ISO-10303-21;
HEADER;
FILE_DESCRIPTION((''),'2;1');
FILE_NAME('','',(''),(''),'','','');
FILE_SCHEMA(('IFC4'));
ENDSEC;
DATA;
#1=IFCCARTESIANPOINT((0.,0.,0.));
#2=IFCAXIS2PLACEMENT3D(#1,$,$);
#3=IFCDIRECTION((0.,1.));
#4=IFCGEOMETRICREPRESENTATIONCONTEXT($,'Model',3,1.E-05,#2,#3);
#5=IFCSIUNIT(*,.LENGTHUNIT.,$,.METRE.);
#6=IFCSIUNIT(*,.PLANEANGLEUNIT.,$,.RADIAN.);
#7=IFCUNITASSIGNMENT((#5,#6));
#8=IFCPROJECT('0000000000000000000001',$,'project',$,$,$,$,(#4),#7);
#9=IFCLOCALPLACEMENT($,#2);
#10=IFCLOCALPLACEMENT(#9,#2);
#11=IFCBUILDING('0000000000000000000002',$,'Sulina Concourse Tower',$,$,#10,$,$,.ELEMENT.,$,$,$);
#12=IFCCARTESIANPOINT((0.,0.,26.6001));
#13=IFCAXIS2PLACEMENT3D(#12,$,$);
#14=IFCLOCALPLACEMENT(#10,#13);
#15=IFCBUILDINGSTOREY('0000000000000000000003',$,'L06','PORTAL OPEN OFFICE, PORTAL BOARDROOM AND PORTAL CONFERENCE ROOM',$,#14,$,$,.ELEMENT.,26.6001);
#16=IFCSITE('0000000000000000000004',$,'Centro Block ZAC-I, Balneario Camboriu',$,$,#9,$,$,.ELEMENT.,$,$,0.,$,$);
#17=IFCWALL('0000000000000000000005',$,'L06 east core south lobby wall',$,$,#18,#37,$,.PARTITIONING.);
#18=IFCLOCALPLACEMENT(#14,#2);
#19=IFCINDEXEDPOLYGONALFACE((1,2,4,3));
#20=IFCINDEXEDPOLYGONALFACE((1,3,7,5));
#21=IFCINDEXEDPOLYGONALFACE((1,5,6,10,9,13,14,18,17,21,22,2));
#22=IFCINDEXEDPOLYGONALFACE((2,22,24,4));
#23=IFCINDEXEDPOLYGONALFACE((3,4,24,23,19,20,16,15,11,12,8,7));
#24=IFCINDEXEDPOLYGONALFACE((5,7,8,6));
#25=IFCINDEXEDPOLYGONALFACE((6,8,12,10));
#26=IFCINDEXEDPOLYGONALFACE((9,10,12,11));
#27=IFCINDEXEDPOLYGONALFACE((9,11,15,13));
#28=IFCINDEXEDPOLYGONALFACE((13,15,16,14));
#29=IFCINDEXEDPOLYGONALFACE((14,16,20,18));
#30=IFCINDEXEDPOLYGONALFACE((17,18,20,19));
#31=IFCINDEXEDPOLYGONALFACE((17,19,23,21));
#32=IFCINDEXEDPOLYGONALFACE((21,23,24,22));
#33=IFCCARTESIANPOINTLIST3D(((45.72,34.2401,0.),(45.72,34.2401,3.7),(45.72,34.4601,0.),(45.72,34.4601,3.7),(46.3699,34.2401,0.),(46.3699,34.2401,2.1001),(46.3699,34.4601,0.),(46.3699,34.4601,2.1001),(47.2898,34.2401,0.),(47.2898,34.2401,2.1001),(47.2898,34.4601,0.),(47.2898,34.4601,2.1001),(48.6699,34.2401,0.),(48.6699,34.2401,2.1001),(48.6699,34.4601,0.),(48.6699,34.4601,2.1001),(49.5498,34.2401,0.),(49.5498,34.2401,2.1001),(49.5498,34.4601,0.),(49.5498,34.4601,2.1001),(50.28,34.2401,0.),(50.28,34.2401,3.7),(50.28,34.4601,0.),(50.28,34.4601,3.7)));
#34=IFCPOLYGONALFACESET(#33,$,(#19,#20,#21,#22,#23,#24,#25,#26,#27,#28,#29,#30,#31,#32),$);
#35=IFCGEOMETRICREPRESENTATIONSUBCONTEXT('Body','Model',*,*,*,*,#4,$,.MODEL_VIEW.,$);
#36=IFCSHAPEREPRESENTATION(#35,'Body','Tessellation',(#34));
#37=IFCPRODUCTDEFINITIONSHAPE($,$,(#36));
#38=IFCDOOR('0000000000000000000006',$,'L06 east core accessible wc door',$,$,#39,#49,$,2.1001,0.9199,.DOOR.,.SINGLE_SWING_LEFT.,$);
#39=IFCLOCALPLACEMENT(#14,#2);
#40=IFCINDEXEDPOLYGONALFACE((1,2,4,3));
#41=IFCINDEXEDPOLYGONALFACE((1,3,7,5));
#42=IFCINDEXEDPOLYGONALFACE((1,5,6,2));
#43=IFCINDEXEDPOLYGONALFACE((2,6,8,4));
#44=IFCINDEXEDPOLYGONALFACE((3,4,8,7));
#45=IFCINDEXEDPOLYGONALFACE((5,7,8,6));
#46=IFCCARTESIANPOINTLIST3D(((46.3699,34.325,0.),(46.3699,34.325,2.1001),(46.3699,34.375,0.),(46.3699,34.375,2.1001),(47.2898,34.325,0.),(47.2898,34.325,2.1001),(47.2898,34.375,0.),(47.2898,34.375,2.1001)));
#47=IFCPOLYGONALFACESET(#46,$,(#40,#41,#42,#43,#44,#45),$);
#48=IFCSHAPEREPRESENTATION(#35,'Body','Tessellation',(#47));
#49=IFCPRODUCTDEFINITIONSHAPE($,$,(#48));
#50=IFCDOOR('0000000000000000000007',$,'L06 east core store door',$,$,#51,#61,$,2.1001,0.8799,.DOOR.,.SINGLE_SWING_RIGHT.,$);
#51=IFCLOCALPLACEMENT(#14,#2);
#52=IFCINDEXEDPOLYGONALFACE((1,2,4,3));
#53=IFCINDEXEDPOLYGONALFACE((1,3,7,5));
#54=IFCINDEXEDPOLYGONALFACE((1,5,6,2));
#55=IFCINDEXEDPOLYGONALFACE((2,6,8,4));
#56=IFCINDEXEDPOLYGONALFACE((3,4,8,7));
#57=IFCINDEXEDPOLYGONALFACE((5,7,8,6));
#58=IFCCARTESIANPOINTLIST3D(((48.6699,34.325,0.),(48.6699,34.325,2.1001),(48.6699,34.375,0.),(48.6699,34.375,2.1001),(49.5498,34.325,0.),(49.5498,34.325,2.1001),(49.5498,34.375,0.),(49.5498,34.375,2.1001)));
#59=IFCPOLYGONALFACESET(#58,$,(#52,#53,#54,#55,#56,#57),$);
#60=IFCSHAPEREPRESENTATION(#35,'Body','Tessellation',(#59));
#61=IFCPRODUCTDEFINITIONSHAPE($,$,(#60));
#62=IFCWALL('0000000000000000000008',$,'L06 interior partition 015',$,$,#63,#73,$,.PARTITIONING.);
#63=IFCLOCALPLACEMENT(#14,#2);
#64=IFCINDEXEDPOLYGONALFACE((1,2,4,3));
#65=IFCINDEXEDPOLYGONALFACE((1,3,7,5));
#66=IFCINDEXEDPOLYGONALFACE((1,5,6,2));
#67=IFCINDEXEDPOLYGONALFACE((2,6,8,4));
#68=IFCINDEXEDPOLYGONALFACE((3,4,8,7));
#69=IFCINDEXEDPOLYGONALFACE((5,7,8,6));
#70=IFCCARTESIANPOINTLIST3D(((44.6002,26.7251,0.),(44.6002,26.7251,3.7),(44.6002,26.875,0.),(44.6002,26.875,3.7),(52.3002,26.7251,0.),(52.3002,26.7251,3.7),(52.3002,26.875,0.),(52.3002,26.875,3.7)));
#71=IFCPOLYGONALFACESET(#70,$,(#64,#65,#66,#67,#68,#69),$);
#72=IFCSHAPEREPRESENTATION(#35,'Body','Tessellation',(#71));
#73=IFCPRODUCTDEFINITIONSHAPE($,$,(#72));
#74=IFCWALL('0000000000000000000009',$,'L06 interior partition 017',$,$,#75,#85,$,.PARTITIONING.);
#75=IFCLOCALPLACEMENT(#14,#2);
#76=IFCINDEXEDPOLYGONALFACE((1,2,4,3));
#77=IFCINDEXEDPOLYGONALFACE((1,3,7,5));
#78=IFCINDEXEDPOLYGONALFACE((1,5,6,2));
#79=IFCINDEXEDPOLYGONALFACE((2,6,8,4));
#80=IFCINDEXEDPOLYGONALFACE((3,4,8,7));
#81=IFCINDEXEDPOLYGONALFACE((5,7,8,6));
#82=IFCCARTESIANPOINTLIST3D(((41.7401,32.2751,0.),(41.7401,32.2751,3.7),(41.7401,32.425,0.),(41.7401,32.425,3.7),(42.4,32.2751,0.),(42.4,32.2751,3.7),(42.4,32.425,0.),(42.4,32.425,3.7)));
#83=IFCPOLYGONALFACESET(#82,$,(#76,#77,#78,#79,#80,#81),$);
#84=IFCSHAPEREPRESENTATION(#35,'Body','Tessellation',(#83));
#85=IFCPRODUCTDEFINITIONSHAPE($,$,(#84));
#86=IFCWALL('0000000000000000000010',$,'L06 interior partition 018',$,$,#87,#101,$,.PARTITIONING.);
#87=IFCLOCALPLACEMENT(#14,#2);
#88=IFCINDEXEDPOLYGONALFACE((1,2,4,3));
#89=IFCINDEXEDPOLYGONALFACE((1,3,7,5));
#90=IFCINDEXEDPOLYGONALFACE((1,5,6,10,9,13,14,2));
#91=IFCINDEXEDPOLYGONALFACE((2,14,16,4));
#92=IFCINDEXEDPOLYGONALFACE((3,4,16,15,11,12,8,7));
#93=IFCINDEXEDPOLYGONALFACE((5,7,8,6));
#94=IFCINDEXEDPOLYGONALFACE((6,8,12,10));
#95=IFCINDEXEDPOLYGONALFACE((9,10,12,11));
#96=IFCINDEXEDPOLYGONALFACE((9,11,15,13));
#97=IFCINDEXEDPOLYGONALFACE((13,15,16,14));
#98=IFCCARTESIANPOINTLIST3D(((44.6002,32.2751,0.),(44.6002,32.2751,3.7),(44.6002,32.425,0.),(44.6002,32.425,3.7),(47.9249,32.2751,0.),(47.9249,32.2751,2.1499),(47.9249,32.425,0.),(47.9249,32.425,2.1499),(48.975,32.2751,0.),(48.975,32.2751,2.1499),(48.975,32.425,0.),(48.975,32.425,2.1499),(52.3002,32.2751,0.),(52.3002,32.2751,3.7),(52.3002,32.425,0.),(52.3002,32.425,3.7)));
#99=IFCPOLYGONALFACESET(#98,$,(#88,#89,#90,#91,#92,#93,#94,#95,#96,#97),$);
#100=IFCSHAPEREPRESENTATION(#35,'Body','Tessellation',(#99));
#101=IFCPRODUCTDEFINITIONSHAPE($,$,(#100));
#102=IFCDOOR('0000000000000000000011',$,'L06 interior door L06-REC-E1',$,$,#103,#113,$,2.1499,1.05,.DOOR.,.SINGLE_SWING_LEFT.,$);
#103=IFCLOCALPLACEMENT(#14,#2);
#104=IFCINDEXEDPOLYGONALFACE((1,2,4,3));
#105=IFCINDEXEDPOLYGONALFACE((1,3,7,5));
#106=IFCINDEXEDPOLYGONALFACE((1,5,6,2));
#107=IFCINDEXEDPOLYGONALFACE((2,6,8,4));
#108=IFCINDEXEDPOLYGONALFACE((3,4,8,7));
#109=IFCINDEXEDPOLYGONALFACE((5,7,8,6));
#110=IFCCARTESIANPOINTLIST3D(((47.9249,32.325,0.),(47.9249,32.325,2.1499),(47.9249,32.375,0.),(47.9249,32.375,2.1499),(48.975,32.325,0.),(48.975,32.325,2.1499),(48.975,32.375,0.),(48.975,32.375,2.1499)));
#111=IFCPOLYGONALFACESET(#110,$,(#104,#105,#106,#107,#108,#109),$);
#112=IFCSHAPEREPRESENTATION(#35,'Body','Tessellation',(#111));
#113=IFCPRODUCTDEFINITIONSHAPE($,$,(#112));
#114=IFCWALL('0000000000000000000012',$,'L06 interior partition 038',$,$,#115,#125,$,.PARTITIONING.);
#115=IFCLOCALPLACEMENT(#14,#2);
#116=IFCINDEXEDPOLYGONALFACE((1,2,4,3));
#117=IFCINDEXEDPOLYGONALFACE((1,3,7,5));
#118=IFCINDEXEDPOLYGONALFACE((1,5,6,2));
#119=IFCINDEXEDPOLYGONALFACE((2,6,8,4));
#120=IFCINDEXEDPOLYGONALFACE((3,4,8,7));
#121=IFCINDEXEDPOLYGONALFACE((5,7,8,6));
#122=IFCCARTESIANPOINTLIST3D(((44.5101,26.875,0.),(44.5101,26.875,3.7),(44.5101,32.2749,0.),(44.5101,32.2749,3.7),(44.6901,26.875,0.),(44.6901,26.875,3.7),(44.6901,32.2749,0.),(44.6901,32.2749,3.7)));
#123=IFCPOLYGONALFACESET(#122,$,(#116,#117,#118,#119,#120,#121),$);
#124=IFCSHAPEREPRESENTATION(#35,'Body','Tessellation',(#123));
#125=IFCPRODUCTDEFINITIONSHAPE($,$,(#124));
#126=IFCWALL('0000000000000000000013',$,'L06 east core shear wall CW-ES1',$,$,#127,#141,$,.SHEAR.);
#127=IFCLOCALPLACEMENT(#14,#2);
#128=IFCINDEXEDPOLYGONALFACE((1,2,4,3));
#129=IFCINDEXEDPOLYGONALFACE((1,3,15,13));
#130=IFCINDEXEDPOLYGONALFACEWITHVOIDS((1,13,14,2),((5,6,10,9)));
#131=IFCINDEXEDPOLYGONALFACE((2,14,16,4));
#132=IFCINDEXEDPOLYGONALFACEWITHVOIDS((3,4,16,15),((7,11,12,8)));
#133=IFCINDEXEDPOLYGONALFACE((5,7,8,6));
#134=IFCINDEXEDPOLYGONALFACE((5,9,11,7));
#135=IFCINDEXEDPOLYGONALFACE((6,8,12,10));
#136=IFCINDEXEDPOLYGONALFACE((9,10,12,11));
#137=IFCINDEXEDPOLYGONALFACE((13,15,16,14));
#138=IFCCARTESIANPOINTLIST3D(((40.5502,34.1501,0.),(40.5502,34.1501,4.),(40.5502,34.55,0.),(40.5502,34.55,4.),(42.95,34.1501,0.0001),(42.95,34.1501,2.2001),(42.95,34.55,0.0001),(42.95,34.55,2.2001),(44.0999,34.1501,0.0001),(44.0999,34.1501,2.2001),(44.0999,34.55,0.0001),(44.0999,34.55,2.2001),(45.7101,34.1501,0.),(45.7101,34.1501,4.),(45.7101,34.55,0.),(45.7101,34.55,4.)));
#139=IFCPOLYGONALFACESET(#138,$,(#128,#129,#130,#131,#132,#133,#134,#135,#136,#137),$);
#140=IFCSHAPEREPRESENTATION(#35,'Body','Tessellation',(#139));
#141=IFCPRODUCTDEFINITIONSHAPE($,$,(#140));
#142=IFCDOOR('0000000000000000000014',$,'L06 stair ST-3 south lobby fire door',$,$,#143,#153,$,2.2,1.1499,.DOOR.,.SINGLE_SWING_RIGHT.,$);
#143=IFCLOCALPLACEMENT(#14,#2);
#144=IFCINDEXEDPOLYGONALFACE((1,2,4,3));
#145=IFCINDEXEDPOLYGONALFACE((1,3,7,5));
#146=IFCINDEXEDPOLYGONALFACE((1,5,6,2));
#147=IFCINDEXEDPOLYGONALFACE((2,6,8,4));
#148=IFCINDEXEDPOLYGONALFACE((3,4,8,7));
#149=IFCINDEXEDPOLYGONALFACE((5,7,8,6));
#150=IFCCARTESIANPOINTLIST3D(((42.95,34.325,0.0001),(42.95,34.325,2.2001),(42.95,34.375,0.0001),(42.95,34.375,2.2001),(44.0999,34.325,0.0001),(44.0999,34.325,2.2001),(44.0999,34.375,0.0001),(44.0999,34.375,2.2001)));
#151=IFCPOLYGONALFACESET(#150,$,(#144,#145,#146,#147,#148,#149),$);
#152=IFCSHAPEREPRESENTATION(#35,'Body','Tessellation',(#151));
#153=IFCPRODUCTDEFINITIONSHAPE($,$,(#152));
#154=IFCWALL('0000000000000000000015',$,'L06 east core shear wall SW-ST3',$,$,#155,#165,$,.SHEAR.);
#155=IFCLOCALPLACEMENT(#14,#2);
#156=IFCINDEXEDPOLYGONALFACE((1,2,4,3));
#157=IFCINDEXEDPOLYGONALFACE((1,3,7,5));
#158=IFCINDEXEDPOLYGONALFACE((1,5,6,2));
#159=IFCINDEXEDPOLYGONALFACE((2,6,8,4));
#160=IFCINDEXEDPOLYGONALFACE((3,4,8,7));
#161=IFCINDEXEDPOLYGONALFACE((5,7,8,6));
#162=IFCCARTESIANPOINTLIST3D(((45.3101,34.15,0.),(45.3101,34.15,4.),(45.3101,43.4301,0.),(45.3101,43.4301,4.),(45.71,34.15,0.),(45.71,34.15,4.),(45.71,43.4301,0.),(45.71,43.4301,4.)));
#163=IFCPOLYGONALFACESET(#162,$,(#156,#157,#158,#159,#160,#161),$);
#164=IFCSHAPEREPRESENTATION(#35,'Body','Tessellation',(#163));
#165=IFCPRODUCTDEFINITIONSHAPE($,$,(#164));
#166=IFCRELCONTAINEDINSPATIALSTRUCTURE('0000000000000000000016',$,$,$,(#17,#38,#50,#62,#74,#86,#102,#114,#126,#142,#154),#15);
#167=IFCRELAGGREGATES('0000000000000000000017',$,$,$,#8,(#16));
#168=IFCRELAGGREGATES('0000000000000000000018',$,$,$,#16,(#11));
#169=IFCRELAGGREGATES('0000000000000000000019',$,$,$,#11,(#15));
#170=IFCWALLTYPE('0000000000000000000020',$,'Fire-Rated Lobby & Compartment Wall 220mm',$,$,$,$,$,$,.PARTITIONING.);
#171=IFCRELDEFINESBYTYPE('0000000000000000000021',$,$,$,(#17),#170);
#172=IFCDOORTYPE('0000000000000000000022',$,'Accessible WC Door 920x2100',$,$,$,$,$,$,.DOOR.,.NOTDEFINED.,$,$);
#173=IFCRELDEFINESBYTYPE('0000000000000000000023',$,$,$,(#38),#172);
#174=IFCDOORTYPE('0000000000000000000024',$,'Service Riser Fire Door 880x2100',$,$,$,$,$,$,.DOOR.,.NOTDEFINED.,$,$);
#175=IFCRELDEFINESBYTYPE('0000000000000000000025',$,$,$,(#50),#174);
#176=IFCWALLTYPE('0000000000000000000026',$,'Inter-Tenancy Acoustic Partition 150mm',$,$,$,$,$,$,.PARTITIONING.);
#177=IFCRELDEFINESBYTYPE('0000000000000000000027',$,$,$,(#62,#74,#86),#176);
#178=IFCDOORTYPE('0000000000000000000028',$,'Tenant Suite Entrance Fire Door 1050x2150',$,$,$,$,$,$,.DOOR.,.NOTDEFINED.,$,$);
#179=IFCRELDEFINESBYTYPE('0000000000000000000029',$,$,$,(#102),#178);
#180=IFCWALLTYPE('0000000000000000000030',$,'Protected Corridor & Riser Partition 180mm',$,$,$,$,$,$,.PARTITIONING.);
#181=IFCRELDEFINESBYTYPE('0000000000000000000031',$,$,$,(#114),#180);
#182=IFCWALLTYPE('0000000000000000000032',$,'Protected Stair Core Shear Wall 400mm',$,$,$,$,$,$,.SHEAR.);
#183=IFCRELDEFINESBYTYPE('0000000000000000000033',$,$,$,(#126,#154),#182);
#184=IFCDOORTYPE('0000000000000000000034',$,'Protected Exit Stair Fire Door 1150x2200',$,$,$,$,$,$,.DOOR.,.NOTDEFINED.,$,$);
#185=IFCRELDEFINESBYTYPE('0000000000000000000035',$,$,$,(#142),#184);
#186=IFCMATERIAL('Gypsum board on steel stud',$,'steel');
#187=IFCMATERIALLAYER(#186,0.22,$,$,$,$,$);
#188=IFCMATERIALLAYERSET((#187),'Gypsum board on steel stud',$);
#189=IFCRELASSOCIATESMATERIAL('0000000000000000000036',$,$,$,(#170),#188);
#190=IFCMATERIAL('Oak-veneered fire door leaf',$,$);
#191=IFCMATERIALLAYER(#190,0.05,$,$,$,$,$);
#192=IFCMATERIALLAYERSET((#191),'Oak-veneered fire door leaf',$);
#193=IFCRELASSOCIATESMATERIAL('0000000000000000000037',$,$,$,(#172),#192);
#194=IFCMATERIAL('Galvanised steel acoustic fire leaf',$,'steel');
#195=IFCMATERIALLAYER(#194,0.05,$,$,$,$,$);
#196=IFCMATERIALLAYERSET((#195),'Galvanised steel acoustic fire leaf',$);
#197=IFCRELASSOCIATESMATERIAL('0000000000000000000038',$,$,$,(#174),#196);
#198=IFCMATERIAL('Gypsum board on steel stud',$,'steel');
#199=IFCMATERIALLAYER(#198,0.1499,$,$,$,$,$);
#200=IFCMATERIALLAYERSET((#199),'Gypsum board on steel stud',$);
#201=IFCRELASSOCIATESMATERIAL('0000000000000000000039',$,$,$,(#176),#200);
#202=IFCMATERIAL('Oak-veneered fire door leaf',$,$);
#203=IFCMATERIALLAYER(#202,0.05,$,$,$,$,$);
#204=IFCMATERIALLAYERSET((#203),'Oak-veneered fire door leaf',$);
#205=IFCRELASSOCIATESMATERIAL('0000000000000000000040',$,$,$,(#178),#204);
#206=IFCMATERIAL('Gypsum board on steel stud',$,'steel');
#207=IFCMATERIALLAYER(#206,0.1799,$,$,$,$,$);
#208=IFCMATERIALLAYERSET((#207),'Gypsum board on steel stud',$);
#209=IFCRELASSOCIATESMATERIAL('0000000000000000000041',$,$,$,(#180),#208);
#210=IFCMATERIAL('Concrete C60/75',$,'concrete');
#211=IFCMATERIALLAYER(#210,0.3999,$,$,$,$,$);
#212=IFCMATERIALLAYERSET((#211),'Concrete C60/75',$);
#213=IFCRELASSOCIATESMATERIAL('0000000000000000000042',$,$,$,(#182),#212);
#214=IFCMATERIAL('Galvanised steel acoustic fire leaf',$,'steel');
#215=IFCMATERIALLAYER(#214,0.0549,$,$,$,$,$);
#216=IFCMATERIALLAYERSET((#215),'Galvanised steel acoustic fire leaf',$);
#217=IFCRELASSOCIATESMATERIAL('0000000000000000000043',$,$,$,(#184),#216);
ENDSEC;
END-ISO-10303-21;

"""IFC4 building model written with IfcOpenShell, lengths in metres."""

from ifc_helpers import new_model, si_unit, direction, frame, frame_2d, origin, place, context, subcontext, project, spatial, rectangle, extrude, material, layer, layer_set, type_object, element, fill, save


model = new_model("IFC4")

# Units and contexts
model_context = context("Model", 3, precision=1e-05, world=origin(), true_north=direction((0.0, 1.0)))
body_context = subcontext(model_context, "Body", "Model", "MODEL_VIEW")
ifc_project = project(units=[si_unit("LENGTHUNIT", "METRE"), si_unit("PLANEANGLEUNIT", "RADIAN")], contexts=[model_context])

# Site, building, storey
site_placement = place(None, origin())
site = spatial("IfcSite", under=ifc_project, at=site_placement, Name="Centro Block ZAC-I, Balneario Camboriu", CompositionType="ELEMENT", RefElevation=0.0)
building_placement = place(site_placement, origin())
building = spatial("IfcBuilding", under=site, at=building_placement, Name="Sulina Concourse Tower", CompositionType="ELEMENT")
storey_placement = place(building_placement, frame((0.0, 0.0, 26.6001)))
storey = spatial("IfcBuildingStorey", under=building, at=storey_placement, Name="L06", Description="PORTAL OPEN OFFICE, PORTAL BOARDROOM AND PORTAL CONFERENCE ROOM", CompositionType="ELEMENT", Elevation=26.6001)

# Wall, openings, doors
ifc_material_1 = material(Name="Gypsum board on steel stud", Category="steel")
ifc_layer_1 = layer(ifc_material_1, 0.22)
ifc_layer_set_1 = layer_set([ifc_layer_1], Name="Gypsum board on steel stud")
wall_type_1 = type_object("IfcWallType", Name="Fire-Rated Lobby & Compartment Wall 220mm", PredefinedType="PARTITIONING", material=ifc_layer_set_1)
wall_1_placement = place(storey_placement, frame((45.72, 34.3501, 0.0), z_axis=(0.0, 0.0, 1.0), x_axis=(1.0, 0.0, 0.0)))
wall_1 = element("IfcWall", 1, at=wall_1_placement, inside=storey, type_object=wall_type_1, Name="L06 east core south lobby wall", PredefinedType="PARTITIONING", context=body_context, shape_type="SweptSolid", body=[
    extrude(rectangle(XDim=4.5601, YDim=0.22, at=frame_2d((2.28, 0.0))), origin(), (0.0, 0.0, 1.0), 3.7),
])
opening_1_placement = place(wall_1_placement, frame((0.6499, 0.0, 0.0)))
opening_1 = element("IfcOpeningElement", 2, at=opening_1_placement, cuts=wall_1, PredefinedType="OPENING", context=body_context, shape_type="SweptSolid", body=[
    extrude(rectangle(XDim=0.9199, YDim=2.1001, at=frame_2d((0.46, 1.05))), frame((0.0, 0.1199, 0.0), z_axis=(0.0, -1.0, 0.0), x_axis=(1.0, 0.0, 0.0)), (0.0, 0.0, 1.0), 0.24),
])
opening_2_placement = place(wall_1_placement, frame((2.95, 0.0, 0.0)))
opening_2 = element("IfcOpeningElement", 3, at=opening_2_placement, cuts=wall_1, PredefinedType="OPENING", context=body_context, shape_type="SweptSolid", body=[
    extrude(rectangle(XDim=0.8799, YDim=2.1001, at=frame_2d((0.4399, 1.05))), frame((0.0, 0.1199, 0.0), z_axis=(0.0, -1.0, 0.0), x_axis=(1.0, 0.0, 0.0)), (0.0, 0.0, 1.0), 0.24),
])
ifc_material_2 = material(Name="Oak-veneered fire door leaf")
ifc_layer_2 = layer(ifc_material_2, 0.05)
ifc_layer_set_2 = layer_set([ifc_layer_2], Name="Oak-veneered fire door leaf")
door_type_1 = type_object("IfcDoorType", Name="Accessible WC Door 920x2100", OperationType="NOTDEFINED", PredefinedType="DOOR", material=ifc_layer_set_2)
door_1_placement = place(opening_1_placement, origin())
door_1 = element("IfcDoor", 4, at=door_1_placement, inside=storey, type_object=door_type_1, Name="L06 east core accessible wc door", OperationType="SINGLE_SWING_LEFT", OverallHeight=2.1001, OverallWidth=0.9199, PredefinedType="DOOR", context=body_context, shape_type="SweptSolid", body=[
    extrude(rectangle(XDim=0.9199, YDim=2.1001, at=frame_2d((0.46, 1.05))), frame((0.0, 0.0249, 0.0), z_axis=(0.0, -1.0, 0.0), x_axis=(1.0, 0.0, 0.0)), (0.0, 0.0, 1.0), 0.05),
])
fill(opening_1, door_1)
ifc_material_3 = material(Name="Galvanised steel acoustic fire leaf", Category="steel")
ifc_layer_3 = layer(ifc_material_3, 0.05)
ifc_layer_set_3 = layer_set([ifc_layer_3], Name="Galvanised steel acoustic fire leaf")
door_type_2 = type_object("IfcDoorType", Name="Service Riser Fire Door 880x2100", OperationType="NOTDEFINED", PredefinedType="DOOR", material=ifc_layer_set_3)
door_2_placement = place(opening_2_placement, origin())
door_2 = element("IfcDoor", 5, at=door_2_placement, inside=storey, type_object=door_type_2, Name="L06 east core store door", OperationType="SINGLE_SWING_RIGHT", OverallHeight=2.1001, OverallWidth=0.8799, PredefinedType="DOOR", context=body_context, shape_type="SweptSolid", body=[
    extrude(rectangle(XDim=0.8799, YDim=2.1001, at=frame_2d((0.4399, 1.05))), frame((0.0, 0.0249, 0.0), z_axis=(0.0, -1.0, 0.0), x_axis=(1.0, 0.0, 0.0)), (0.0, 0.0, 1.0), 0.05),
])
fill(opening_2, door_2)

# Walls
ifc_material_4 = material(Name="Gypsum board on steel stud", Category="steel")
ifc_layer_4 = layer(ifc_material_4, 0.1499)
ifc_layer_set_4 = layer_set([ifc_layer_4], Name="Gypsum board on steel stud")
wall_type_2 = type_object("IfcWallType", Name="Inter-Tenancy Acoustic Partition 150mm", PredefinedType="PARTITIONING", material=ifc_layer_set_4)
wall_2_placement = place(storey_placement, frame((44.6001, 26.8, 0.0), z_axis=(0.0, 0.0, 1.0), x_axis=(1.0, 0.0, 0.0)))
element("IfcWall", 6, at=wall_2_placement, inside=storey, type_object=wall_type_2, Name="L06 interior partition 015", PredefinedType="PARTITIONING", context=body_context, shape_type="SweptSolid", body=[
    extrude(rectangle(XDim=7.7, YDim=0.1499, at=frame_2d((3.8501, 0.0))), origin(), (0.0, 0.0, 1.0), 3.7),
])
wall_3_placement = place(storey_placement, frame((41.74, 32.3501, 0.0), z_axis=(0.0, 0.0, 1.0), x_axis=(1.0, 0.0, 0.0)))
element("IfcWall", 7, at=wall_3_placement, inside=storey, type_object=wall_type_2, Name="L06 interior partition 017", PredefinedType="PARTITIONING", context=body_context, shape_type="SweptSolid", body=[
    extrude(rectangle(XDim=0.6599, YDim=0.1499, at=frame_2d((0.3301, 0.0))), origin(), (0.0, 0.0, 1.0), 3.7),
])

# Wall, opening, door
wall_4_placement = place(storey_placement, frame((44.6001, 32.3501, 0.0), z_axis=(0.0, 0.0, 1.0), x_axis=(1.0, 0.0, 0.0)))
wall_4 = element("IfcWall", 8, at=wall_4_placement, inside=storey, type_object=wall_type_2, Name="L06 interior partition 018", PredefinedType="PARTITIONING", context=body_context, shape_type="SweptSolid", body=[
    extrude(rectangle(XDim=7.7, YDim=0.1499, at=frame_2d((3.8501, 0.0))), origin(), (0.0, 0.0, 1.0), 3.7),
])
opening_3_placement = place(wall_4_placement, frame((3.325, 0.0, 0.0)))
opening_3 = element("IfcOpeningElement", 9, at=opening_3_placement, cuts=wall_4, PredefinedType="OPENING", context=body_context, shape_type="SweptSolid", body=[
    extrude(rectangle(XDim=1.05, YDim=2.1499, at=frame_2d((0.5249, 1.075))), frame((0.0, 0.085, 0.0), z_axis=(0.0, -1.0, 0.0), x_axis=(1.0, 0.0, 0.0)), (0.0, 0.0, 1.0), 0.1699),
])
ifc_material_5 = material(Name="Oak-veneered fire door leaf")
ifc_layer_5 = layer(ifc_material_5, 0.05)
ifc_layer_set_5 = layer_set([ifc_layer_5], Name="Oak-veneered fire door leaf")
door_type_3 = type_object("IfcDoorType", Name="Tenant Suite Entrance Fire Door 1050x2150", OperationType="NOTDEFINED", PredefinedType="DOOR", material=ifc_layer_set_5)
door_3_placement = place(opening_3_placement, origin())
door_3 = element("IfcDoor", 10, at=door_3_placement, inside=storey, type_object=door_type_3, Name="L06 interior door L06-REC-E1", OperationType="SINGLE_SWING_LEFT", OverallHeight=2.1499, OverallWidth=1.05, PredefinedType="DOOR", context=body_context, shape_type="SweptSolid", body=[
    extrude(rectangle(XDim=1.05, YDim=2.1499, at=frame_2d((0.5249, 1.075))), frame((0.0, 0.0249, 0.0), z_axis=(0.0, -1.0, 0.0), x_axis=(1.0, 0.0, 0.0)), (0.0, 0.0, 1.0), 0.05),
])
fill(opening_3, door_3)

# Wall
ifc_material_6 = material(Name="Gypsum board on steel stud", Category="steel")
ifc_layer_6 = layer(ifc_material_6, 0.1799)
ifc_layer_set_6 = layer_set([ifc_layer_6], Name="Gypsum board on steel stud")
wall_type_3 = type_object("IfcWallType", Name="Protected Corridor & Riser Partition 180mm", PredefinedType="PARTITIONING", material=ifc_layer_set_6)
wall_5_placement = place(storey_placement, frame((44.6001, 26.875, 0.0), z_axis=(0.0, 0.0, 1.0), x_axis=(0.0, 1.0, 0.0)))
element("IfcWall", 11, at=wall_5_placement, inside=storey, type_object=wall_type_3, Name="L06 interior partition 038", PredefinedType="PARTITIONING", context=body_context, shape_type="SweptSolid", body=[
    extrude(rectangle(XDim=5.3999, YDim=0.1799, at=frame_2d((2.7, 0.0))), origin(), (0.0, 0.0, 1.0), 3.7),
])

# Wall, opening, door
ifc_material_7 = material(Name="Concrete C60/75", Category="concrete")
ifc_layer_7 = layer(ifc_material_7, 0.3999)
ifc_layer_set_7 = layer_set([ifc_layer_7], Name="Concrete C60/75")
wall_type_4 = type_object("IfcWallType", Name="Protected Stair Core Shear Wall 400mm", PredefinedType="SHEAR", material=ifc_layer_set_7)
wall_6_placement = place(storey_placement, frame((40.55, 34.3501, 0.0), z_axis=(0.0, 0.0, 1.0), x_axis=(1.0, 0.0, 0.0)))
wall_6 = element("IfcWall", 12, at=wall_6_placement, inside=storey, type_object=wall_type_4, Name="L06 east core shear wall CW-ES1", PredefinedType="SHEAR", context=body_context, shape_type="SweptSolid", body=[
    extrude(rectangle(XDim=5.1599, YDim=0.3999, at=frame_2d((2.5801, 0.0))), origin(), (0.0, 0.0, 1.0), 4.0),
])
opening_4_placement = place(wall_6_placement, frame((2.3999, 0.0, 0.0)))
opening_4 = element("IfcOpeningElement", 13, at=opening_4_placement, cuts=wall_6, PredefinedType="OPENING", context=body_context, shape_type="SweptSolid", body=[
    extrude(rectangle(XDim=1.1499, YDim=2.2, at=frame_2d((0.575, 1.1001))), frame((0.0, 0.21, 0.0), z_axis=(0.0, -1.0, 0.0), x_axis=(1.0, 0.0, 0.0)), (0.0, 0.0, 1.0), 0.4199),
])
ifc_material_8 = material(Name="Galvanised steel acoustic fire leaf", Category="steel")
ifc_layer_8 = layer(ifc_material_8, 0.0549)
ifc_layer_set_8 = layer_set([ifc_layer_8], Name="Galvanised steel acoustic fire leaf")
door_type_4 = type_object("IfcDoorType", Name="Protected Exit Stair Fire Door 1150x2200", OperationType="NOTDEFINED", PredefinedType="DOOR", material=ifc_layer_set_8)
door_4_placement = place(opening_4_placement, origin())
door_4 = element("IfcDoor", 14, at=door_4_placement, inside=storey, type_object=door_type_4, Name="L06 stair ST-3 south lobby fire door", OperationType="SINGLE_SWING_RIGHT", OverallHeight=2.2, OverallWidth=1.1499, PredefinedType="DOOR", context=body_context, shape_type="SweptSolid", body=[
    extrude(rectangle(XDim=1.1499, YDim=2.2, at=frame_2d((0.575, 1.1001))), frame((0.0, 0.0249, 0.0), z_axis=(0.0, -1.0, 0.0), x_axis=(1.0, 0.0, 0.0)), (0.0, 0.0, 1.0), 0.05),
])
fill(opening_4, door_4)

# Wall
wall_7_placement = place(storey_placement, frame((45.51, 34.1499, 0.0), z_axis=(0.0, 0.0, 1.0), x_axis=(0.0, 1.0, 0.0)))
element("IfcWall", 15, at=wall_7_placement, inside=storey, type_object=wall_type_4, Name="L06 east core shear wall SW-ST3", PredefinedType="SHEAR", context=body_context, shape_type="SweptSolid", body=[
    extrude(rectangle(XDim=9.28, YDim=0.3999, at=frame_2d((4.6401, 0.0))), origin(), (0.0, 0.0, 1.0), 4.0),
])

save(model, "model.ifc")
